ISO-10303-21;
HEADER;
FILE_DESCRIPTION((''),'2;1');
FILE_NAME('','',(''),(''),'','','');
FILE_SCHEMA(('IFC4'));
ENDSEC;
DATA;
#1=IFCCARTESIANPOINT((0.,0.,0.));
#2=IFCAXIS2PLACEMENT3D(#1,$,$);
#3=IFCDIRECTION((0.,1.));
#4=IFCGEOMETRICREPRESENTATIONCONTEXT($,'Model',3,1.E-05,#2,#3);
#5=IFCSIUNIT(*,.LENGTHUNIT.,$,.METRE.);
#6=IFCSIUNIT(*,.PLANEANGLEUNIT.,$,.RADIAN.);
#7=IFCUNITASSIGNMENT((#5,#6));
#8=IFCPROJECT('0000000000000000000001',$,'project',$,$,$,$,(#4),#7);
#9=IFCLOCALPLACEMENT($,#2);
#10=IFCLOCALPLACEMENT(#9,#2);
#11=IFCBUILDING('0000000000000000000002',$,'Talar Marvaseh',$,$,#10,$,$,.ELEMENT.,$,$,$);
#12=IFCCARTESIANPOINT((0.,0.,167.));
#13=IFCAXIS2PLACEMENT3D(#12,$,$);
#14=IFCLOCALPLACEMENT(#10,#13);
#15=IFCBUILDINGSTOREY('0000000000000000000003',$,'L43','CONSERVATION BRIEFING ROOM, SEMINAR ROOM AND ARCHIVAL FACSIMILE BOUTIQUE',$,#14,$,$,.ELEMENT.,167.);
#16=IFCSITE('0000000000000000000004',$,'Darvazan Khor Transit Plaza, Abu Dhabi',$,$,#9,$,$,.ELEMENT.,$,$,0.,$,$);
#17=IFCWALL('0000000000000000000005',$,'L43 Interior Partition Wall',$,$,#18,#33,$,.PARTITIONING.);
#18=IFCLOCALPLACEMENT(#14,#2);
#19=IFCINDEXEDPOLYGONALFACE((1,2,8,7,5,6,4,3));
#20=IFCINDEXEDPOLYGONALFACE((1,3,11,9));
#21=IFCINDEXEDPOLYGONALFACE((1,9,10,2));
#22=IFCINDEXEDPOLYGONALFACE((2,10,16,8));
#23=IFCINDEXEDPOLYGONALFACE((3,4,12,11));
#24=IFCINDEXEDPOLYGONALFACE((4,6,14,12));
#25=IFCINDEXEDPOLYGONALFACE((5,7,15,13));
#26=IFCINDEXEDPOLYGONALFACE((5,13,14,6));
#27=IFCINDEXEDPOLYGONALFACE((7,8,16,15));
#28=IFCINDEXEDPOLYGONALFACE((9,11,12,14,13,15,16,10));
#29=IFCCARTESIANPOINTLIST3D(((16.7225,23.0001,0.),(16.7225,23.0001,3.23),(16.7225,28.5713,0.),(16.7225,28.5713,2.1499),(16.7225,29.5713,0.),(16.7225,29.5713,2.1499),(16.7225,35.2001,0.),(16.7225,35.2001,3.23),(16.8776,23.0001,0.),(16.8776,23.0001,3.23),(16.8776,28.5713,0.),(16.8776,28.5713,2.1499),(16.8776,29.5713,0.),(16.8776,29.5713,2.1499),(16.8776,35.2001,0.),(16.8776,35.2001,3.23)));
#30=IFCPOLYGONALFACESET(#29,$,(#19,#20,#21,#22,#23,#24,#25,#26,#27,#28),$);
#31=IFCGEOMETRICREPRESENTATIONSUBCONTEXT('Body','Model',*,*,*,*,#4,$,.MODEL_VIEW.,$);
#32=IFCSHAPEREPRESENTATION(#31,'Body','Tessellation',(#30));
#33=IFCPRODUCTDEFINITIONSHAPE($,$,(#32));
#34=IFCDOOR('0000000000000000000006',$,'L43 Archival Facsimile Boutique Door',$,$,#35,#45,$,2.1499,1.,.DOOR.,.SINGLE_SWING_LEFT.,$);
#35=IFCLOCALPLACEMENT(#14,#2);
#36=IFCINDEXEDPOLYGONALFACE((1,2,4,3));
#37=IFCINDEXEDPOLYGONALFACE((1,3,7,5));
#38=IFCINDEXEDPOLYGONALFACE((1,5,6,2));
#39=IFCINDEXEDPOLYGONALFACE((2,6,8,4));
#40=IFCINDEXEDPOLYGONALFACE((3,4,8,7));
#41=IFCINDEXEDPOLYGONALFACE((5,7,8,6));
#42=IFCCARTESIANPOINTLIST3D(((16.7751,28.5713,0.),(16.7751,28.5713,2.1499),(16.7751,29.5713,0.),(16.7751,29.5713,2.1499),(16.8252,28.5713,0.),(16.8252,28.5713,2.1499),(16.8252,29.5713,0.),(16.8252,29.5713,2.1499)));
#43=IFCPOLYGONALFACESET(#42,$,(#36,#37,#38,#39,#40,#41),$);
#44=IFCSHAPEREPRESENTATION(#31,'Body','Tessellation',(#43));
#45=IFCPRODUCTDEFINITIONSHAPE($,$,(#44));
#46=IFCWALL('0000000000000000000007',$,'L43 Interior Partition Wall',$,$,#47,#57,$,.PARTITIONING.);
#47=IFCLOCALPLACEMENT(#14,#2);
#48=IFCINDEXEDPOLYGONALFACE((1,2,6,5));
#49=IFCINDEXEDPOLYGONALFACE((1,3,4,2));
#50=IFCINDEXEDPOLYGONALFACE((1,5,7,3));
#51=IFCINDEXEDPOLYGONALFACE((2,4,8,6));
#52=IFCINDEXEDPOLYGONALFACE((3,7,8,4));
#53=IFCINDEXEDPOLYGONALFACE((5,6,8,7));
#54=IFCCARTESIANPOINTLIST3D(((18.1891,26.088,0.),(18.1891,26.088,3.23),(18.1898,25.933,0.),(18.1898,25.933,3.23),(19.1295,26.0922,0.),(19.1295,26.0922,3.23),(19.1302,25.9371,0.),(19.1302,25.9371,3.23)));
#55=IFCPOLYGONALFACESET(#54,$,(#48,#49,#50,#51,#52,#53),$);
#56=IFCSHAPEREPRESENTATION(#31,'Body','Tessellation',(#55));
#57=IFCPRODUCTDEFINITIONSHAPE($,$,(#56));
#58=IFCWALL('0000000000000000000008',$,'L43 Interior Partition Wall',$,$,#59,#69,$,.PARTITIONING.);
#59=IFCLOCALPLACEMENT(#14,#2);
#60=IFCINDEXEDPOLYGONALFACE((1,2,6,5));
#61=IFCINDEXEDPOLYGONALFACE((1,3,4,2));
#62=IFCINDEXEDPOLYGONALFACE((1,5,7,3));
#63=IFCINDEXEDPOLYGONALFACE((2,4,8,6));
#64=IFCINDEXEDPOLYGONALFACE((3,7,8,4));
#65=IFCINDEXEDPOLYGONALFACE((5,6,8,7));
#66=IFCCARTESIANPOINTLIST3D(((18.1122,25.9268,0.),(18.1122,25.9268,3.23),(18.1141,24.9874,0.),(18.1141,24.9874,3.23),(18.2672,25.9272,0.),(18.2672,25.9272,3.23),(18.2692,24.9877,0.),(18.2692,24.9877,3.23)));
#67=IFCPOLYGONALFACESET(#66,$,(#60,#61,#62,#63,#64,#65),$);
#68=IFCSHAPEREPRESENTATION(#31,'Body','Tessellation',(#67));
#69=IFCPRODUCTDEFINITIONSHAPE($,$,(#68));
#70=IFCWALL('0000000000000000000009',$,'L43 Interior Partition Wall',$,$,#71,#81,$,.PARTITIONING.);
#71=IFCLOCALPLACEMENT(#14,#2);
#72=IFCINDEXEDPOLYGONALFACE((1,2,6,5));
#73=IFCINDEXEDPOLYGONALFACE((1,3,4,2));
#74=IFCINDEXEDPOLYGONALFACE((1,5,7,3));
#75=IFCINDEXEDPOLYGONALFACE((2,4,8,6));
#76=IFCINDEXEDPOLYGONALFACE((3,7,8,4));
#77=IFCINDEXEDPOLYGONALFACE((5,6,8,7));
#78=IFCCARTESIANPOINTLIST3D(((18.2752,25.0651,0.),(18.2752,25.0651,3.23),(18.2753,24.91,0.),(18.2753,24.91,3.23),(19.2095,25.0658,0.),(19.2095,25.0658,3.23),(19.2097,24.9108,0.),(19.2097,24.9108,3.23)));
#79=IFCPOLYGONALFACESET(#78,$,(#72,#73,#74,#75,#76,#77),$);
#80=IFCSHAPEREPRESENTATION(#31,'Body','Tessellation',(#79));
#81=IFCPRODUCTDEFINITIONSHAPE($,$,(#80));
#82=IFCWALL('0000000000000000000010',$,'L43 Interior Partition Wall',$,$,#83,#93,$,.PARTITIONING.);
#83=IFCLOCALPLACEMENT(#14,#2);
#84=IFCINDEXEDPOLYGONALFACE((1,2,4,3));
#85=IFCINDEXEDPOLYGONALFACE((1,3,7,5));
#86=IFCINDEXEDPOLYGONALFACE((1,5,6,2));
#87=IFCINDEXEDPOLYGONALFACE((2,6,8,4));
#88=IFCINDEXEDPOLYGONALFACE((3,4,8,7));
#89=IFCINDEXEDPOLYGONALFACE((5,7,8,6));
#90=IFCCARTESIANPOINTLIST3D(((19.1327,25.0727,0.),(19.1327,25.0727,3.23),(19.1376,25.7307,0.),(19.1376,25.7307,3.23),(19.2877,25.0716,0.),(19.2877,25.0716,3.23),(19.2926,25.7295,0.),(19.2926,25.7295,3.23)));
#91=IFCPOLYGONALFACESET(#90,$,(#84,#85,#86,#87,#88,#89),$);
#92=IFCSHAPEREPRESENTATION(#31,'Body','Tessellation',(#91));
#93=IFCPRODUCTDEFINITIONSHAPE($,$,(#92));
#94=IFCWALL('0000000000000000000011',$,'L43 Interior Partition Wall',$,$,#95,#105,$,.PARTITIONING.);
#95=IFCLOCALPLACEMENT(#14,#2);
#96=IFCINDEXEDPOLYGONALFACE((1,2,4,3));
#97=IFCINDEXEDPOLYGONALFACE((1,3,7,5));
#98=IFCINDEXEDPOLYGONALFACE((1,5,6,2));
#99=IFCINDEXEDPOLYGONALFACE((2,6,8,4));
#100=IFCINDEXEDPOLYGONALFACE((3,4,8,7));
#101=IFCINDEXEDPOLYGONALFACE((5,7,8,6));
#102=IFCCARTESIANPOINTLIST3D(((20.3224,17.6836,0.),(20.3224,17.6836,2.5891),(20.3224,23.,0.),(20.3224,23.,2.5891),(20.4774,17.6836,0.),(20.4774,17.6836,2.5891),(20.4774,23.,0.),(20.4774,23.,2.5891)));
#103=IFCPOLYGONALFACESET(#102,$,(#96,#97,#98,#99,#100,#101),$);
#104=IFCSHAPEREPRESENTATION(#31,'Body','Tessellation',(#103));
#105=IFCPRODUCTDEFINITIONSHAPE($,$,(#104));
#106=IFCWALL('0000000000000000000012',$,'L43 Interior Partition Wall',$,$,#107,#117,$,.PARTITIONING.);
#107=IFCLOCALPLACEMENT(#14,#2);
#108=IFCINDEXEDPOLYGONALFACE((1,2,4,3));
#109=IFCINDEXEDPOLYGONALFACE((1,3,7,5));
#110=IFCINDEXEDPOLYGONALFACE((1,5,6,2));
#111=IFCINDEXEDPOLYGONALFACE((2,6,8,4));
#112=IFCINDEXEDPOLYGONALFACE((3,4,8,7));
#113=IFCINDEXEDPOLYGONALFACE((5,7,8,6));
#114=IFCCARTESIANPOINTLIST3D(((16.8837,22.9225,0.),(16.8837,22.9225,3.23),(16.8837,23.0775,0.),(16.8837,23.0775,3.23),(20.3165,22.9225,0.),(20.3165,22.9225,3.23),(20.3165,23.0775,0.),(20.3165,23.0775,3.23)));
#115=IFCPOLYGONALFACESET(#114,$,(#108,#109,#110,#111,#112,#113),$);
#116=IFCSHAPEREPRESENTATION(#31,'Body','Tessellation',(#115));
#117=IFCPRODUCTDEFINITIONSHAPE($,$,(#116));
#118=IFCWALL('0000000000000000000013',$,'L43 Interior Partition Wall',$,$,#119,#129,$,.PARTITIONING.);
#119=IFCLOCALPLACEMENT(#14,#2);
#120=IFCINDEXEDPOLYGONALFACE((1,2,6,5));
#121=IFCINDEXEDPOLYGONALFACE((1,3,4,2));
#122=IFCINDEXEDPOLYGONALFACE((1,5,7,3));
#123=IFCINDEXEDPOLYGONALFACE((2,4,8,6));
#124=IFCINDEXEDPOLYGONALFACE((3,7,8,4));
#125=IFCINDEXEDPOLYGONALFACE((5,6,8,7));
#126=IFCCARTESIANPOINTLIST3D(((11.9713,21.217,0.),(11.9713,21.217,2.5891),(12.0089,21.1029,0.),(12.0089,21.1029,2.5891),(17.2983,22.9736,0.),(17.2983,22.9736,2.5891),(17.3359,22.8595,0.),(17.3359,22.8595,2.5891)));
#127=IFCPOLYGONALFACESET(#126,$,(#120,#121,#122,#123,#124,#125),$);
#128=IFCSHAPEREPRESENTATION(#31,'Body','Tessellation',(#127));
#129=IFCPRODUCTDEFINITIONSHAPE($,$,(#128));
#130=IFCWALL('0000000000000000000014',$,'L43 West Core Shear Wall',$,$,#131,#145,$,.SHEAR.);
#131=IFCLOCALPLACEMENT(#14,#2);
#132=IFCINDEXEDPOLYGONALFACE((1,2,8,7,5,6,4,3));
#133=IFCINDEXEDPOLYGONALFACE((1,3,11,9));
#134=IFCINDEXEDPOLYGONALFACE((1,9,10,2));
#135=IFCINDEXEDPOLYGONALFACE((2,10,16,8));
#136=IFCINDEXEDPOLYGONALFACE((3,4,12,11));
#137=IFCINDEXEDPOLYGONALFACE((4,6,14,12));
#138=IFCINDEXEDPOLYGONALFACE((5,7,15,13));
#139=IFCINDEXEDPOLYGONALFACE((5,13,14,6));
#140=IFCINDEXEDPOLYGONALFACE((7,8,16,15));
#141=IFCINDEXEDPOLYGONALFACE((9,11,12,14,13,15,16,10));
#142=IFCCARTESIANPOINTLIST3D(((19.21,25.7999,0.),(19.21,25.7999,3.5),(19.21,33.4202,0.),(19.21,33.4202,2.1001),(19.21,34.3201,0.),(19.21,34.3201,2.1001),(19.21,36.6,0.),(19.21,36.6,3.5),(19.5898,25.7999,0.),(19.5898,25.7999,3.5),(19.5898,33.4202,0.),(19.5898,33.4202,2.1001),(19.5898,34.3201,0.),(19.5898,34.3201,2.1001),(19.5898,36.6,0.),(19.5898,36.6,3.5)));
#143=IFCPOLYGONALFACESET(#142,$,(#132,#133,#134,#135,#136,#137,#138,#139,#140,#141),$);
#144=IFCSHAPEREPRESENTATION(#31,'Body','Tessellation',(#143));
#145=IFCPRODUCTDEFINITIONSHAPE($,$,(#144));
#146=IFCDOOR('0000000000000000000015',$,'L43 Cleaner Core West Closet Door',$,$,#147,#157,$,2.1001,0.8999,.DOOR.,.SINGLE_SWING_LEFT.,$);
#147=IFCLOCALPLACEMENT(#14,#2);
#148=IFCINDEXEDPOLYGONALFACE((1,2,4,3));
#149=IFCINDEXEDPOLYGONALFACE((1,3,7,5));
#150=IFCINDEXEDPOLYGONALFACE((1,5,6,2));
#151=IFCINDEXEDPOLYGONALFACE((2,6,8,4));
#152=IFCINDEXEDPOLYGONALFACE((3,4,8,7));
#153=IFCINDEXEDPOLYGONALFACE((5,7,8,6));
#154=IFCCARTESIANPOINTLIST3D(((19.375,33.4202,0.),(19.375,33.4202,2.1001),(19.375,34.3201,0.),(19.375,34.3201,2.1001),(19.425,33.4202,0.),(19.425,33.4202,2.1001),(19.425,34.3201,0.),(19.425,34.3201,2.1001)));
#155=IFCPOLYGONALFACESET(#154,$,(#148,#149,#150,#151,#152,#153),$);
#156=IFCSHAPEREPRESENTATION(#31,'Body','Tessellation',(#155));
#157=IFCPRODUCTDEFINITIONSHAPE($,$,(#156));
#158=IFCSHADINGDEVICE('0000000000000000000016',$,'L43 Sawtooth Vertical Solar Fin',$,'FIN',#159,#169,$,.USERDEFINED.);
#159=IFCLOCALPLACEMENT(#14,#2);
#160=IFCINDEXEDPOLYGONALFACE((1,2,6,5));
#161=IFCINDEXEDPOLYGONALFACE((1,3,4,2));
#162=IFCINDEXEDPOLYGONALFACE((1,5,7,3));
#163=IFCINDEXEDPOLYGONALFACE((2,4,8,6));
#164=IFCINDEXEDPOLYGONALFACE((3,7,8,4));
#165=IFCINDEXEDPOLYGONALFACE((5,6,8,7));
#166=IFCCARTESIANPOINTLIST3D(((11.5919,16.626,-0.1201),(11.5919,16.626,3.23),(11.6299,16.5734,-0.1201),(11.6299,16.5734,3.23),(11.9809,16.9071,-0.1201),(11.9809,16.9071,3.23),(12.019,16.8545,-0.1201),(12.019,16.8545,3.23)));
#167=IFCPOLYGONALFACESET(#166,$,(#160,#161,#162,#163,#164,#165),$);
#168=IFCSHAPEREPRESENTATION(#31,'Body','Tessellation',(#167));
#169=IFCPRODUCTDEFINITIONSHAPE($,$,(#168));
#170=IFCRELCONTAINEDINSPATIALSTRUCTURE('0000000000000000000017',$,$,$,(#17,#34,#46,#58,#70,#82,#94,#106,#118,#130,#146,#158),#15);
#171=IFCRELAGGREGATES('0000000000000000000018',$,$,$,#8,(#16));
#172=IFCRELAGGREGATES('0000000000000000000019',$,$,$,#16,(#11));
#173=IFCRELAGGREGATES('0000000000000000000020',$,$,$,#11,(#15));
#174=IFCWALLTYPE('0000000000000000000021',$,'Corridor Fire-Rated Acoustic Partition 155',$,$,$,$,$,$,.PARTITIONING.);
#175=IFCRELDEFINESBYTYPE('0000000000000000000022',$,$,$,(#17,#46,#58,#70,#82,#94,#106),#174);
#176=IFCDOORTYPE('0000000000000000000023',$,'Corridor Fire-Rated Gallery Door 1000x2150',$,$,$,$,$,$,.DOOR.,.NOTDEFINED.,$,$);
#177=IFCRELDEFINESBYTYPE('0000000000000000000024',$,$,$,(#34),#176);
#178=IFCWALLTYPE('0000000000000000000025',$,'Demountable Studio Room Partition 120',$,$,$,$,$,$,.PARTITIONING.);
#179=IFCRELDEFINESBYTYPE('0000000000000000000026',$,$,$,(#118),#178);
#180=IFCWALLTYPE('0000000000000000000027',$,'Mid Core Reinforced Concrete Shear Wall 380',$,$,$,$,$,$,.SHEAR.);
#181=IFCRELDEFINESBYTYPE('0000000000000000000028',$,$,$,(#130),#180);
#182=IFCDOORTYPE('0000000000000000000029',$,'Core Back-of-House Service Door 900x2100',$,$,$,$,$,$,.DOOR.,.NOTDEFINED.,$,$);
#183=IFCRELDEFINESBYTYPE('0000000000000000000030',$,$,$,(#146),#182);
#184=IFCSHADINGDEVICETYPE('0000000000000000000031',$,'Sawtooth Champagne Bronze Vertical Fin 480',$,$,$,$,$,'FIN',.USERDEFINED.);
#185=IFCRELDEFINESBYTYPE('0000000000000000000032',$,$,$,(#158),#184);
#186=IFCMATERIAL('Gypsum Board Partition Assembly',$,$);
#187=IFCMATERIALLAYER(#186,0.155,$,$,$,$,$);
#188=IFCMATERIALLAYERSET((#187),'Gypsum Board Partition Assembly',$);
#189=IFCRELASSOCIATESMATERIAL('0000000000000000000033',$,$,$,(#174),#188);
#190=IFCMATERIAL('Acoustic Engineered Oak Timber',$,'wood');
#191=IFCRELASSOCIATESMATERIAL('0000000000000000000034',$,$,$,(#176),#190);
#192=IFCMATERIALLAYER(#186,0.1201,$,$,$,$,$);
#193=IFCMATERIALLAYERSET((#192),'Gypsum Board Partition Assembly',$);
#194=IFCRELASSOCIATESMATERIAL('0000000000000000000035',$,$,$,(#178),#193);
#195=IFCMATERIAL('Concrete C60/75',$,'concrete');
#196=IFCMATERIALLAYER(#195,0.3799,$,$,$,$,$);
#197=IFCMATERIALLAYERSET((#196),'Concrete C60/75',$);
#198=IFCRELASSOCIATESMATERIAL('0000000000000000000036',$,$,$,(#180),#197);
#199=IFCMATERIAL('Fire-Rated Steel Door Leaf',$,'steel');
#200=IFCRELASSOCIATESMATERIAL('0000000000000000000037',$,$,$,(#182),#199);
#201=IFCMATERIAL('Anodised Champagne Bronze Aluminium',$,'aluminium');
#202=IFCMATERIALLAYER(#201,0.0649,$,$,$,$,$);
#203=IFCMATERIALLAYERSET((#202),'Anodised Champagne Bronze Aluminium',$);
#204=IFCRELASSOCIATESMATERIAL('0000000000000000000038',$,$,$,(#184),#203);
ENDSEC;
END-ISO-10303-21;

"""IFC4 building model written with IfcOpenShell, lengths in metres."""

from ifc_helpers import new_model, si_unit, direction, frame, frame_2d, origin, origin_2d, place, context, subcontext, project, spatial, rectangle, extrude, source, transform, mapped, material, layer, layer_set, type_object, type_shapes, element, fill, save


model = new_model("IFC4")

# Units and contexts
model_context = context("Model", 3, precision=1e-05, world=origin(), true_north=direction((0.0, 1.0)))
body_context = subcontext(model_context, "Body", "Model", "MODEL_VIEW")
ifc_project = project(units=[si_unit("LENGTHUNIT", "METRE"), si_unit("PLANEANGLEUNIT", "RADIAN")], contexts=[model_context])

# Site, building, storey
site_placement = place(None, origin())
site = spatial("IfcSite", under=ifc_project, at=site_placement, Name="Darvazan Khor Transit Plaza, Abu Dhabi", CompositionType="ELEMENT", RefElevation=0.0)
building_placement = place(site_placement, origin())
building = spatial("IfcBuilding", under=site, at=building_placement, Name="Talar Marvaseh", CompositionType="ELEMENT")
storey_placement = place(building_placement, frame((0.0, 0.0, 167.0)))
storey = spatial("IfcBuildingStorey", under=building, at=storey_placement, Name="L43", Description="CONSERVATION BRIEFING ROOM, SEMINAR ROOM AND ARCHIVAL FACSIMILE BOUTIQUE", CompositionType="ELEMENT", Elevation=167.0)

# Shared definitions
ifc_material_1 = material(Name="Concrete C60/75", Category="concrete")

# Wall, opening, door
ifc_material_2 = material(Name="Gypsum Board Partition Assembly")
ifc_layer_1 = layer(ifc_material_2, 0.155)
ifc_layer_set_1 = layer_set([ifc_layer_1], Name="Gypsum Board Partition Assembly")
wall_type_1 = type_object("IfcWallType", Name="Corridor Fire-Rated Acoustic Partition 155", PredefinedType="PARTITIONING", material=ifc_layer_set_1)
wall_1_placement = place(storey_placement, frame((16.8, 23.0, 0.0), z_axis=(0.0, 0.0, 1.0), x_axis=(0.0, 1.0, 0.0)))
wall_1 = element("IfcWall", 1, at=wall_1_placement, inside=storey, type_object=wall_type_1, Name="L43 Interior Partition Wall", PredefinedType="PARTITIONING", context=body_context, shape_type="SweptSolid", body=[
    extrude(rectangle(XDim=12.2, YDim=0.155, at=frame_2d((6.1001, 0.0))), origin(), (0.0, 0.0, 1.0), 3.23),
])
opening_1_placement = place(wall_1_placement, frame((5.5713, 0.0, 0.0)))
opening_1 = element("IfcOpeningElement", 2, at=opening_1_placement, cuts=wall_1, PredefinedType="OPENING", context=body_context, shape_type="SweptSolid", body=[
    extrude(rectangle(XDim=1.0, YDim=2.1499, at=frame_2d((0.5, 1.075))), frame((0.0, 0.0874, 0.0), z_axis=(0.0, -1.0, 0.0), x_axis=(1.0, 0.0, 0.0)), (0.0, 0.0, 1.0), 0.175),
])
ifc_material_3 = material(Name="Acoustic Engineered Oak Timber", Category="wood")
door_type_1 = type_object("IfcDoorType", Name="Corridor Fire-Rated Gallery Door 1000x2150", OperationType="NOTDEFINED", PredefinedType="DOOR", material=ifc_material_3)
shared_shape_1 = source(origin(), body_context, "Body", "SweptSolid", [
    extrude(rectangle(XDim=1.0, YDim=2.1499, at=frame_2d((0.5, 1.075))), frame((0.0, 0.0249, 0.0), z_axis=(0.0, -1.0, 0.0), x_axis=(1.0, 0.0, 0.0)), (0.0, 0.0, 1.0), 0.05),
])
type_shapes(door_type_1, [shared_shape_1])
door_1_placement = place(opening_1_placement, origin())
door_1 = element("IfcDoor", 3, at=door_1_placement, inside=storey, type_object=door_type_1, Name="L43 Archival Facsimile Boutique Door", OperationType="SINGLE_SWING_LEFT", OverallHeight=2.1499, OverallWidth=1.0, PredefinedType="DOOR", context=body_context, shape_type="MappedRepresentation", body=[
    mapped(shared_shape_1, transform((0.0, 0.0, 0.0), x_axis=(1.0, 0.0, 0.0), y_axis=(0.0, 1.0, 0.0), z_axis=(0.0, 0.0, 1.0), scale=1.0)),
])
fill(opening_1, door_1)

# Walls
wall_2_placement = place(storey_placement, frame((19.1299, 26.0146, 0.0), z_axis=(0.0, 0.0, 1.0), x_axis=(-0.99999, -0.004413, 0.0)))
element("IfcWall", 4, at=wall_2_placement, inside=storey, type_object=wall_type_1, Name="L43 Interior Partition Wall", PredefinedType="PARTITIONING", context=body_context, shape_type="SweptSolid", body=[
    extrude(rectangle(XDim=0.9404, YDim=0.155, at=frame_2d((0.4702, 0.0))), origin(), (0.0, 0.0, 1.0), 3.23),
])
wall_3_placement = place(storey_placement, frame((18.1897, 25.927, 0.0), z_axis=(0.0, 0.0, 1.0), x_axis=(0.002079, -0.999998, 0.0)))
element("IfcWall", 5, at=wall_3_placement, inside=storey, type_object=wall_type_1, Name="L43 Interior Partition Wall", PredefinedType="PARTITIONING", context=body_context, shape_type="SweptSolid", body=[
    extrude(rectangle(XDim=0.9395, YDim=0.155, at=frame_2d((0.4697, 0.0))), origin(), (0.0, 0.0, 1.0), 3.23),
])
wall_4_placement = place(storey_placement, frame((18.2751, 24.9875, 0.0), z_axis=(0.0, 0.0, 1.0), x_axis=(1.0, 0.000784, 0.0)))
element("IfcWall", 6, at=wall_4_placement, inside=storey, type_object=wall_type_1, Name="L43 Interior Partition Wall", PredefinedType="PARTITIONING", context=body_context, shape_type="SweptSolid", body=[
    extrude(rectangle(XDim=0.9343, YDim=0.155, at=frame_2d((0.4673, 0.0))), origin(), (0.0, 0.0, 1.0), 3.23),
])
wall_5_placement = place(storey_placement, frame((19.2102, 25.072, 0.0), z_axis=(0.0, 0.0, 1.0), x_axis=(0.007421, 0.999972, 0.0)))
element("IfcWall", 7, at=wall_5_placement, inside=storey, type_object=wall_type_1, Name="L43 Interior Partition Wall", PredefinedType="PARTITIONING", context=body_context, shape_type="SweptSolid", body=[
    extrude(rectangle(XDim=0.658, YDim=0.155, at=frame_2d((0.3291, 0.0))), origin(), (0.0, 0.0, 1.0), 3.23),
])
wall_6_placement = place(storey_placement, frame((20.3999, 17.6836, 0.0), z_axis=(0.0, 0.0, 1.0), x_axis=(0.0, 1.0, 0.0)))
element("IfcWall", 8, at=wall_6_placement, inside=storey, type_object=wall_type_1, Name="L43 Interior Partition Wall", PredefinedType="PARTITIONING", context=body_context, shape_type="SweptSolid", body=[
    extrude(rectangle(XDim=5.3164, YDim=0.155, at=frame_2d((2.6582, 0.0))), origin(), (0.0, 0.0, 1.0), 2.5891),
])
wall_7_placement = place(storey_placement, frame((20.3164, 23.0, 0.0), z_axis=(0.0, 0.0, 1.0), x_axis=(-1.0, 0.0, 0.0)))
element("IfcWall", 9, at=wall_7_placement, inside=storey, type_object=wall_type_1, Name="L43 Interior Partition Wall", PredefinedType="PARTITIONING", context=body_context, shape_type="SweptSolid", body=[
    extrude(rectangle(XDim=3.4329, YDim=0.155, at=frame_2d((1.7163, 0.0))), origin(), (0.0, 0.0, 1.0), 3.23),
])
ifc_layer_2 = layer(ifc_material_2, 0.1201)
ifc_layer_set_2 = layer_set([ifc_layer_2], Name="Gypsum Board Partition Assembly")
wall_type_2 = type_object("IfcWallType", Name="Demountable Studio Room Partition 120", PredefinedType="PARTITIONING", material=ifc_layer_set_2)
wall_8_placement = place(storey_placement, frame((11.99, 21.1599, 0.0), z_axis=(0.0, 0.0, 1.0), x_axis=(0.949697, 0.313171, 0.0)))
element("IfcWall", 10, at=wall_8_placement, inside=storey, type_object=wall_type_2, Name="L43 Interior Partition Wall", PredefinedType="PARTITIONING", context=body_context, shape_type="SweptSolid", body=[
    extrude(rectangle(XDim=5.6091, YDim=0.1201, at=frame_2d((2.8047, 0.0))), origin(), (0.0, 0.0, 1.0), 2.5891),
])

# Wall, opening, door
ifc_layer_3 = layer(ifc_material_1, 0.3799)
ifc_layer_set_3 = layer_set([ifc_layer_3], Name="Concrete C60/75")
wall_type_3 = type_object("IfcWallType", Name="Mid Core Reinforced Concrete Shear Wall 380", PredefinedType="SHEAR", material=ifc_layer_set_3)
wall_9_placement = place(storey_placement, frame((19.3999, 25.8, 0.0), z_axis=(0.0, 0.0, 1.0), x_axis=(0.0, 1.0, 0.0)))
wall_9 = element("IfcWall", 11, at=wall_9_placement, inside=storey, type_object=wall_type_3, Name="L43 West Core Shear Wall", PredefinedType="SHEAR", context=body_context, shape_type="SweptSolid", body=[
    extrude(rectangle(XDim=10.8, YDim=0.3799, at=frame_2d((5.3999, 0.0))), origin(), (0.0, 0.0, 1.0), 3.5),
])
opening_2_placement = place(wall_9_placement, frame((7.6201, 0.0, 0.0)))
opening_2 = element("IfcOpeningElement", 12, at=opening_2_placement, cuts=wall_9, PredefinedType="OPENING", context=body_context, shape_type="SweptSolid", body=[
    extrude(rectangle(XDim=0.8999, YDim=2.1001, at=frame_2d((0.45, 1.05))), frame((0.0, 0.2, 0.0), z_axis=(0.0, -1.0, 0.0), x_axis=(1.0, 0.0, 0.0)), (0.0, 0.0, 1.0), 0.3999),
])
ifc_material_4 = material(Name="Fire-Rated Steel Door Leaf", Category="steel")
door_type_2 = type_object("IfcDoorType", Name="Core Back-of-House Service Door 900x2100", OperationType="NOTDEFINED", PredefinedType="DOOR", material=ifc_material_4)
shared_shape_2 = source(origin(), body_context, "Body", "SweptSolid", [
    extrude(rectangle(XDim=0.8999, YDim=2.1001, at=frame_2d((0.45, 1.05))), frame((0.0, 0.0249, 0.0), z_axis=(0.0, -1.0, 0.0), x_axis=(1.0, 0.0, 0.0)), (0.0, 0.0, 1.0), 0.05),
])
type_shapes(door_type_2, [shared_shape_2])
door_2_placement = place(opening_2_placement, origin())
door_2 = element("IfcDoor", 13, at=door_2_placement, inside=storey, type_object=door_type_2, Name="L43 Cleaner Core West Closet Door", OperationType="SINGLE_SWING_LEFT", OverallHeight=2.1001, OverallWidth=0.8999, PredefinedType="DOOR", context=body_context, shape_type="MappedRepresentation", body=[
    mapped(shared_shape_2, transform((0.0, 0.0, 0.0), x_axis=(1.0, 0.0, 0.0), y_axis=(0.0, 1.0, 0.0), z_axis=(0.0, 0.0, 1.0), scale=1.0)),
])
fill(opening_2, door_2)

# Shading device
ifc_material_5 = material(Name="Anodised Champagne Bronze Aluminium", Category="aluminium")
ifc_layer_4 = layer(ifc_material_5, 0.0649)
ifc_layer_set_4 = layer_set([ifc_layer_4], Name="Anodised Champagne Bronze Aluminium")
shading_device_type = type_object("IfcShadingDeviceType", Name="Sawtooth Champagne Bronze Vertical Fin 480", ElementType="FIN", PredefinedType="USERDEFINED", material=ifc_layer_set_4)
shared_shape_3 = source(origin(), body_context, "Body", "SweptSolid", [
    extrude(rectangle(XDim=0.48, YDim=0.0649, at=origin_2d()), origin(), (0.0, 0.0, 1.0), 3.3501),
])
type_shapes(shading_device_type, [shared_shape_3])
shading_device_placement = place(storey_placement, frame((11.8054, 16.7402, -0.1201), z_axis=(0.0, 0.0, 1.0), x_axis=(-0.810553, -0.585665, 0.0)))
element("IfcShadingDevice", 14, at=shading_device_placement, inside=storey, type_object=shading_device_type, Name="L43 Sawtooth Vertical Solar Fin", ObjectType="FIN", PredefinedType="USERDEFINED", context=body_context, shape_type="MappedRepresentation", body=[
    mapped(shared_shape_3, transform((0.0, 0.0, 0.0), x_axis=(1.0, 0.0, 0.0), y_axis=(0.0, 1.0, 0.0), z_axis=(0.0, 0.0, 1.0), scale=1.0)),
])

save(model, "model.ifc")
